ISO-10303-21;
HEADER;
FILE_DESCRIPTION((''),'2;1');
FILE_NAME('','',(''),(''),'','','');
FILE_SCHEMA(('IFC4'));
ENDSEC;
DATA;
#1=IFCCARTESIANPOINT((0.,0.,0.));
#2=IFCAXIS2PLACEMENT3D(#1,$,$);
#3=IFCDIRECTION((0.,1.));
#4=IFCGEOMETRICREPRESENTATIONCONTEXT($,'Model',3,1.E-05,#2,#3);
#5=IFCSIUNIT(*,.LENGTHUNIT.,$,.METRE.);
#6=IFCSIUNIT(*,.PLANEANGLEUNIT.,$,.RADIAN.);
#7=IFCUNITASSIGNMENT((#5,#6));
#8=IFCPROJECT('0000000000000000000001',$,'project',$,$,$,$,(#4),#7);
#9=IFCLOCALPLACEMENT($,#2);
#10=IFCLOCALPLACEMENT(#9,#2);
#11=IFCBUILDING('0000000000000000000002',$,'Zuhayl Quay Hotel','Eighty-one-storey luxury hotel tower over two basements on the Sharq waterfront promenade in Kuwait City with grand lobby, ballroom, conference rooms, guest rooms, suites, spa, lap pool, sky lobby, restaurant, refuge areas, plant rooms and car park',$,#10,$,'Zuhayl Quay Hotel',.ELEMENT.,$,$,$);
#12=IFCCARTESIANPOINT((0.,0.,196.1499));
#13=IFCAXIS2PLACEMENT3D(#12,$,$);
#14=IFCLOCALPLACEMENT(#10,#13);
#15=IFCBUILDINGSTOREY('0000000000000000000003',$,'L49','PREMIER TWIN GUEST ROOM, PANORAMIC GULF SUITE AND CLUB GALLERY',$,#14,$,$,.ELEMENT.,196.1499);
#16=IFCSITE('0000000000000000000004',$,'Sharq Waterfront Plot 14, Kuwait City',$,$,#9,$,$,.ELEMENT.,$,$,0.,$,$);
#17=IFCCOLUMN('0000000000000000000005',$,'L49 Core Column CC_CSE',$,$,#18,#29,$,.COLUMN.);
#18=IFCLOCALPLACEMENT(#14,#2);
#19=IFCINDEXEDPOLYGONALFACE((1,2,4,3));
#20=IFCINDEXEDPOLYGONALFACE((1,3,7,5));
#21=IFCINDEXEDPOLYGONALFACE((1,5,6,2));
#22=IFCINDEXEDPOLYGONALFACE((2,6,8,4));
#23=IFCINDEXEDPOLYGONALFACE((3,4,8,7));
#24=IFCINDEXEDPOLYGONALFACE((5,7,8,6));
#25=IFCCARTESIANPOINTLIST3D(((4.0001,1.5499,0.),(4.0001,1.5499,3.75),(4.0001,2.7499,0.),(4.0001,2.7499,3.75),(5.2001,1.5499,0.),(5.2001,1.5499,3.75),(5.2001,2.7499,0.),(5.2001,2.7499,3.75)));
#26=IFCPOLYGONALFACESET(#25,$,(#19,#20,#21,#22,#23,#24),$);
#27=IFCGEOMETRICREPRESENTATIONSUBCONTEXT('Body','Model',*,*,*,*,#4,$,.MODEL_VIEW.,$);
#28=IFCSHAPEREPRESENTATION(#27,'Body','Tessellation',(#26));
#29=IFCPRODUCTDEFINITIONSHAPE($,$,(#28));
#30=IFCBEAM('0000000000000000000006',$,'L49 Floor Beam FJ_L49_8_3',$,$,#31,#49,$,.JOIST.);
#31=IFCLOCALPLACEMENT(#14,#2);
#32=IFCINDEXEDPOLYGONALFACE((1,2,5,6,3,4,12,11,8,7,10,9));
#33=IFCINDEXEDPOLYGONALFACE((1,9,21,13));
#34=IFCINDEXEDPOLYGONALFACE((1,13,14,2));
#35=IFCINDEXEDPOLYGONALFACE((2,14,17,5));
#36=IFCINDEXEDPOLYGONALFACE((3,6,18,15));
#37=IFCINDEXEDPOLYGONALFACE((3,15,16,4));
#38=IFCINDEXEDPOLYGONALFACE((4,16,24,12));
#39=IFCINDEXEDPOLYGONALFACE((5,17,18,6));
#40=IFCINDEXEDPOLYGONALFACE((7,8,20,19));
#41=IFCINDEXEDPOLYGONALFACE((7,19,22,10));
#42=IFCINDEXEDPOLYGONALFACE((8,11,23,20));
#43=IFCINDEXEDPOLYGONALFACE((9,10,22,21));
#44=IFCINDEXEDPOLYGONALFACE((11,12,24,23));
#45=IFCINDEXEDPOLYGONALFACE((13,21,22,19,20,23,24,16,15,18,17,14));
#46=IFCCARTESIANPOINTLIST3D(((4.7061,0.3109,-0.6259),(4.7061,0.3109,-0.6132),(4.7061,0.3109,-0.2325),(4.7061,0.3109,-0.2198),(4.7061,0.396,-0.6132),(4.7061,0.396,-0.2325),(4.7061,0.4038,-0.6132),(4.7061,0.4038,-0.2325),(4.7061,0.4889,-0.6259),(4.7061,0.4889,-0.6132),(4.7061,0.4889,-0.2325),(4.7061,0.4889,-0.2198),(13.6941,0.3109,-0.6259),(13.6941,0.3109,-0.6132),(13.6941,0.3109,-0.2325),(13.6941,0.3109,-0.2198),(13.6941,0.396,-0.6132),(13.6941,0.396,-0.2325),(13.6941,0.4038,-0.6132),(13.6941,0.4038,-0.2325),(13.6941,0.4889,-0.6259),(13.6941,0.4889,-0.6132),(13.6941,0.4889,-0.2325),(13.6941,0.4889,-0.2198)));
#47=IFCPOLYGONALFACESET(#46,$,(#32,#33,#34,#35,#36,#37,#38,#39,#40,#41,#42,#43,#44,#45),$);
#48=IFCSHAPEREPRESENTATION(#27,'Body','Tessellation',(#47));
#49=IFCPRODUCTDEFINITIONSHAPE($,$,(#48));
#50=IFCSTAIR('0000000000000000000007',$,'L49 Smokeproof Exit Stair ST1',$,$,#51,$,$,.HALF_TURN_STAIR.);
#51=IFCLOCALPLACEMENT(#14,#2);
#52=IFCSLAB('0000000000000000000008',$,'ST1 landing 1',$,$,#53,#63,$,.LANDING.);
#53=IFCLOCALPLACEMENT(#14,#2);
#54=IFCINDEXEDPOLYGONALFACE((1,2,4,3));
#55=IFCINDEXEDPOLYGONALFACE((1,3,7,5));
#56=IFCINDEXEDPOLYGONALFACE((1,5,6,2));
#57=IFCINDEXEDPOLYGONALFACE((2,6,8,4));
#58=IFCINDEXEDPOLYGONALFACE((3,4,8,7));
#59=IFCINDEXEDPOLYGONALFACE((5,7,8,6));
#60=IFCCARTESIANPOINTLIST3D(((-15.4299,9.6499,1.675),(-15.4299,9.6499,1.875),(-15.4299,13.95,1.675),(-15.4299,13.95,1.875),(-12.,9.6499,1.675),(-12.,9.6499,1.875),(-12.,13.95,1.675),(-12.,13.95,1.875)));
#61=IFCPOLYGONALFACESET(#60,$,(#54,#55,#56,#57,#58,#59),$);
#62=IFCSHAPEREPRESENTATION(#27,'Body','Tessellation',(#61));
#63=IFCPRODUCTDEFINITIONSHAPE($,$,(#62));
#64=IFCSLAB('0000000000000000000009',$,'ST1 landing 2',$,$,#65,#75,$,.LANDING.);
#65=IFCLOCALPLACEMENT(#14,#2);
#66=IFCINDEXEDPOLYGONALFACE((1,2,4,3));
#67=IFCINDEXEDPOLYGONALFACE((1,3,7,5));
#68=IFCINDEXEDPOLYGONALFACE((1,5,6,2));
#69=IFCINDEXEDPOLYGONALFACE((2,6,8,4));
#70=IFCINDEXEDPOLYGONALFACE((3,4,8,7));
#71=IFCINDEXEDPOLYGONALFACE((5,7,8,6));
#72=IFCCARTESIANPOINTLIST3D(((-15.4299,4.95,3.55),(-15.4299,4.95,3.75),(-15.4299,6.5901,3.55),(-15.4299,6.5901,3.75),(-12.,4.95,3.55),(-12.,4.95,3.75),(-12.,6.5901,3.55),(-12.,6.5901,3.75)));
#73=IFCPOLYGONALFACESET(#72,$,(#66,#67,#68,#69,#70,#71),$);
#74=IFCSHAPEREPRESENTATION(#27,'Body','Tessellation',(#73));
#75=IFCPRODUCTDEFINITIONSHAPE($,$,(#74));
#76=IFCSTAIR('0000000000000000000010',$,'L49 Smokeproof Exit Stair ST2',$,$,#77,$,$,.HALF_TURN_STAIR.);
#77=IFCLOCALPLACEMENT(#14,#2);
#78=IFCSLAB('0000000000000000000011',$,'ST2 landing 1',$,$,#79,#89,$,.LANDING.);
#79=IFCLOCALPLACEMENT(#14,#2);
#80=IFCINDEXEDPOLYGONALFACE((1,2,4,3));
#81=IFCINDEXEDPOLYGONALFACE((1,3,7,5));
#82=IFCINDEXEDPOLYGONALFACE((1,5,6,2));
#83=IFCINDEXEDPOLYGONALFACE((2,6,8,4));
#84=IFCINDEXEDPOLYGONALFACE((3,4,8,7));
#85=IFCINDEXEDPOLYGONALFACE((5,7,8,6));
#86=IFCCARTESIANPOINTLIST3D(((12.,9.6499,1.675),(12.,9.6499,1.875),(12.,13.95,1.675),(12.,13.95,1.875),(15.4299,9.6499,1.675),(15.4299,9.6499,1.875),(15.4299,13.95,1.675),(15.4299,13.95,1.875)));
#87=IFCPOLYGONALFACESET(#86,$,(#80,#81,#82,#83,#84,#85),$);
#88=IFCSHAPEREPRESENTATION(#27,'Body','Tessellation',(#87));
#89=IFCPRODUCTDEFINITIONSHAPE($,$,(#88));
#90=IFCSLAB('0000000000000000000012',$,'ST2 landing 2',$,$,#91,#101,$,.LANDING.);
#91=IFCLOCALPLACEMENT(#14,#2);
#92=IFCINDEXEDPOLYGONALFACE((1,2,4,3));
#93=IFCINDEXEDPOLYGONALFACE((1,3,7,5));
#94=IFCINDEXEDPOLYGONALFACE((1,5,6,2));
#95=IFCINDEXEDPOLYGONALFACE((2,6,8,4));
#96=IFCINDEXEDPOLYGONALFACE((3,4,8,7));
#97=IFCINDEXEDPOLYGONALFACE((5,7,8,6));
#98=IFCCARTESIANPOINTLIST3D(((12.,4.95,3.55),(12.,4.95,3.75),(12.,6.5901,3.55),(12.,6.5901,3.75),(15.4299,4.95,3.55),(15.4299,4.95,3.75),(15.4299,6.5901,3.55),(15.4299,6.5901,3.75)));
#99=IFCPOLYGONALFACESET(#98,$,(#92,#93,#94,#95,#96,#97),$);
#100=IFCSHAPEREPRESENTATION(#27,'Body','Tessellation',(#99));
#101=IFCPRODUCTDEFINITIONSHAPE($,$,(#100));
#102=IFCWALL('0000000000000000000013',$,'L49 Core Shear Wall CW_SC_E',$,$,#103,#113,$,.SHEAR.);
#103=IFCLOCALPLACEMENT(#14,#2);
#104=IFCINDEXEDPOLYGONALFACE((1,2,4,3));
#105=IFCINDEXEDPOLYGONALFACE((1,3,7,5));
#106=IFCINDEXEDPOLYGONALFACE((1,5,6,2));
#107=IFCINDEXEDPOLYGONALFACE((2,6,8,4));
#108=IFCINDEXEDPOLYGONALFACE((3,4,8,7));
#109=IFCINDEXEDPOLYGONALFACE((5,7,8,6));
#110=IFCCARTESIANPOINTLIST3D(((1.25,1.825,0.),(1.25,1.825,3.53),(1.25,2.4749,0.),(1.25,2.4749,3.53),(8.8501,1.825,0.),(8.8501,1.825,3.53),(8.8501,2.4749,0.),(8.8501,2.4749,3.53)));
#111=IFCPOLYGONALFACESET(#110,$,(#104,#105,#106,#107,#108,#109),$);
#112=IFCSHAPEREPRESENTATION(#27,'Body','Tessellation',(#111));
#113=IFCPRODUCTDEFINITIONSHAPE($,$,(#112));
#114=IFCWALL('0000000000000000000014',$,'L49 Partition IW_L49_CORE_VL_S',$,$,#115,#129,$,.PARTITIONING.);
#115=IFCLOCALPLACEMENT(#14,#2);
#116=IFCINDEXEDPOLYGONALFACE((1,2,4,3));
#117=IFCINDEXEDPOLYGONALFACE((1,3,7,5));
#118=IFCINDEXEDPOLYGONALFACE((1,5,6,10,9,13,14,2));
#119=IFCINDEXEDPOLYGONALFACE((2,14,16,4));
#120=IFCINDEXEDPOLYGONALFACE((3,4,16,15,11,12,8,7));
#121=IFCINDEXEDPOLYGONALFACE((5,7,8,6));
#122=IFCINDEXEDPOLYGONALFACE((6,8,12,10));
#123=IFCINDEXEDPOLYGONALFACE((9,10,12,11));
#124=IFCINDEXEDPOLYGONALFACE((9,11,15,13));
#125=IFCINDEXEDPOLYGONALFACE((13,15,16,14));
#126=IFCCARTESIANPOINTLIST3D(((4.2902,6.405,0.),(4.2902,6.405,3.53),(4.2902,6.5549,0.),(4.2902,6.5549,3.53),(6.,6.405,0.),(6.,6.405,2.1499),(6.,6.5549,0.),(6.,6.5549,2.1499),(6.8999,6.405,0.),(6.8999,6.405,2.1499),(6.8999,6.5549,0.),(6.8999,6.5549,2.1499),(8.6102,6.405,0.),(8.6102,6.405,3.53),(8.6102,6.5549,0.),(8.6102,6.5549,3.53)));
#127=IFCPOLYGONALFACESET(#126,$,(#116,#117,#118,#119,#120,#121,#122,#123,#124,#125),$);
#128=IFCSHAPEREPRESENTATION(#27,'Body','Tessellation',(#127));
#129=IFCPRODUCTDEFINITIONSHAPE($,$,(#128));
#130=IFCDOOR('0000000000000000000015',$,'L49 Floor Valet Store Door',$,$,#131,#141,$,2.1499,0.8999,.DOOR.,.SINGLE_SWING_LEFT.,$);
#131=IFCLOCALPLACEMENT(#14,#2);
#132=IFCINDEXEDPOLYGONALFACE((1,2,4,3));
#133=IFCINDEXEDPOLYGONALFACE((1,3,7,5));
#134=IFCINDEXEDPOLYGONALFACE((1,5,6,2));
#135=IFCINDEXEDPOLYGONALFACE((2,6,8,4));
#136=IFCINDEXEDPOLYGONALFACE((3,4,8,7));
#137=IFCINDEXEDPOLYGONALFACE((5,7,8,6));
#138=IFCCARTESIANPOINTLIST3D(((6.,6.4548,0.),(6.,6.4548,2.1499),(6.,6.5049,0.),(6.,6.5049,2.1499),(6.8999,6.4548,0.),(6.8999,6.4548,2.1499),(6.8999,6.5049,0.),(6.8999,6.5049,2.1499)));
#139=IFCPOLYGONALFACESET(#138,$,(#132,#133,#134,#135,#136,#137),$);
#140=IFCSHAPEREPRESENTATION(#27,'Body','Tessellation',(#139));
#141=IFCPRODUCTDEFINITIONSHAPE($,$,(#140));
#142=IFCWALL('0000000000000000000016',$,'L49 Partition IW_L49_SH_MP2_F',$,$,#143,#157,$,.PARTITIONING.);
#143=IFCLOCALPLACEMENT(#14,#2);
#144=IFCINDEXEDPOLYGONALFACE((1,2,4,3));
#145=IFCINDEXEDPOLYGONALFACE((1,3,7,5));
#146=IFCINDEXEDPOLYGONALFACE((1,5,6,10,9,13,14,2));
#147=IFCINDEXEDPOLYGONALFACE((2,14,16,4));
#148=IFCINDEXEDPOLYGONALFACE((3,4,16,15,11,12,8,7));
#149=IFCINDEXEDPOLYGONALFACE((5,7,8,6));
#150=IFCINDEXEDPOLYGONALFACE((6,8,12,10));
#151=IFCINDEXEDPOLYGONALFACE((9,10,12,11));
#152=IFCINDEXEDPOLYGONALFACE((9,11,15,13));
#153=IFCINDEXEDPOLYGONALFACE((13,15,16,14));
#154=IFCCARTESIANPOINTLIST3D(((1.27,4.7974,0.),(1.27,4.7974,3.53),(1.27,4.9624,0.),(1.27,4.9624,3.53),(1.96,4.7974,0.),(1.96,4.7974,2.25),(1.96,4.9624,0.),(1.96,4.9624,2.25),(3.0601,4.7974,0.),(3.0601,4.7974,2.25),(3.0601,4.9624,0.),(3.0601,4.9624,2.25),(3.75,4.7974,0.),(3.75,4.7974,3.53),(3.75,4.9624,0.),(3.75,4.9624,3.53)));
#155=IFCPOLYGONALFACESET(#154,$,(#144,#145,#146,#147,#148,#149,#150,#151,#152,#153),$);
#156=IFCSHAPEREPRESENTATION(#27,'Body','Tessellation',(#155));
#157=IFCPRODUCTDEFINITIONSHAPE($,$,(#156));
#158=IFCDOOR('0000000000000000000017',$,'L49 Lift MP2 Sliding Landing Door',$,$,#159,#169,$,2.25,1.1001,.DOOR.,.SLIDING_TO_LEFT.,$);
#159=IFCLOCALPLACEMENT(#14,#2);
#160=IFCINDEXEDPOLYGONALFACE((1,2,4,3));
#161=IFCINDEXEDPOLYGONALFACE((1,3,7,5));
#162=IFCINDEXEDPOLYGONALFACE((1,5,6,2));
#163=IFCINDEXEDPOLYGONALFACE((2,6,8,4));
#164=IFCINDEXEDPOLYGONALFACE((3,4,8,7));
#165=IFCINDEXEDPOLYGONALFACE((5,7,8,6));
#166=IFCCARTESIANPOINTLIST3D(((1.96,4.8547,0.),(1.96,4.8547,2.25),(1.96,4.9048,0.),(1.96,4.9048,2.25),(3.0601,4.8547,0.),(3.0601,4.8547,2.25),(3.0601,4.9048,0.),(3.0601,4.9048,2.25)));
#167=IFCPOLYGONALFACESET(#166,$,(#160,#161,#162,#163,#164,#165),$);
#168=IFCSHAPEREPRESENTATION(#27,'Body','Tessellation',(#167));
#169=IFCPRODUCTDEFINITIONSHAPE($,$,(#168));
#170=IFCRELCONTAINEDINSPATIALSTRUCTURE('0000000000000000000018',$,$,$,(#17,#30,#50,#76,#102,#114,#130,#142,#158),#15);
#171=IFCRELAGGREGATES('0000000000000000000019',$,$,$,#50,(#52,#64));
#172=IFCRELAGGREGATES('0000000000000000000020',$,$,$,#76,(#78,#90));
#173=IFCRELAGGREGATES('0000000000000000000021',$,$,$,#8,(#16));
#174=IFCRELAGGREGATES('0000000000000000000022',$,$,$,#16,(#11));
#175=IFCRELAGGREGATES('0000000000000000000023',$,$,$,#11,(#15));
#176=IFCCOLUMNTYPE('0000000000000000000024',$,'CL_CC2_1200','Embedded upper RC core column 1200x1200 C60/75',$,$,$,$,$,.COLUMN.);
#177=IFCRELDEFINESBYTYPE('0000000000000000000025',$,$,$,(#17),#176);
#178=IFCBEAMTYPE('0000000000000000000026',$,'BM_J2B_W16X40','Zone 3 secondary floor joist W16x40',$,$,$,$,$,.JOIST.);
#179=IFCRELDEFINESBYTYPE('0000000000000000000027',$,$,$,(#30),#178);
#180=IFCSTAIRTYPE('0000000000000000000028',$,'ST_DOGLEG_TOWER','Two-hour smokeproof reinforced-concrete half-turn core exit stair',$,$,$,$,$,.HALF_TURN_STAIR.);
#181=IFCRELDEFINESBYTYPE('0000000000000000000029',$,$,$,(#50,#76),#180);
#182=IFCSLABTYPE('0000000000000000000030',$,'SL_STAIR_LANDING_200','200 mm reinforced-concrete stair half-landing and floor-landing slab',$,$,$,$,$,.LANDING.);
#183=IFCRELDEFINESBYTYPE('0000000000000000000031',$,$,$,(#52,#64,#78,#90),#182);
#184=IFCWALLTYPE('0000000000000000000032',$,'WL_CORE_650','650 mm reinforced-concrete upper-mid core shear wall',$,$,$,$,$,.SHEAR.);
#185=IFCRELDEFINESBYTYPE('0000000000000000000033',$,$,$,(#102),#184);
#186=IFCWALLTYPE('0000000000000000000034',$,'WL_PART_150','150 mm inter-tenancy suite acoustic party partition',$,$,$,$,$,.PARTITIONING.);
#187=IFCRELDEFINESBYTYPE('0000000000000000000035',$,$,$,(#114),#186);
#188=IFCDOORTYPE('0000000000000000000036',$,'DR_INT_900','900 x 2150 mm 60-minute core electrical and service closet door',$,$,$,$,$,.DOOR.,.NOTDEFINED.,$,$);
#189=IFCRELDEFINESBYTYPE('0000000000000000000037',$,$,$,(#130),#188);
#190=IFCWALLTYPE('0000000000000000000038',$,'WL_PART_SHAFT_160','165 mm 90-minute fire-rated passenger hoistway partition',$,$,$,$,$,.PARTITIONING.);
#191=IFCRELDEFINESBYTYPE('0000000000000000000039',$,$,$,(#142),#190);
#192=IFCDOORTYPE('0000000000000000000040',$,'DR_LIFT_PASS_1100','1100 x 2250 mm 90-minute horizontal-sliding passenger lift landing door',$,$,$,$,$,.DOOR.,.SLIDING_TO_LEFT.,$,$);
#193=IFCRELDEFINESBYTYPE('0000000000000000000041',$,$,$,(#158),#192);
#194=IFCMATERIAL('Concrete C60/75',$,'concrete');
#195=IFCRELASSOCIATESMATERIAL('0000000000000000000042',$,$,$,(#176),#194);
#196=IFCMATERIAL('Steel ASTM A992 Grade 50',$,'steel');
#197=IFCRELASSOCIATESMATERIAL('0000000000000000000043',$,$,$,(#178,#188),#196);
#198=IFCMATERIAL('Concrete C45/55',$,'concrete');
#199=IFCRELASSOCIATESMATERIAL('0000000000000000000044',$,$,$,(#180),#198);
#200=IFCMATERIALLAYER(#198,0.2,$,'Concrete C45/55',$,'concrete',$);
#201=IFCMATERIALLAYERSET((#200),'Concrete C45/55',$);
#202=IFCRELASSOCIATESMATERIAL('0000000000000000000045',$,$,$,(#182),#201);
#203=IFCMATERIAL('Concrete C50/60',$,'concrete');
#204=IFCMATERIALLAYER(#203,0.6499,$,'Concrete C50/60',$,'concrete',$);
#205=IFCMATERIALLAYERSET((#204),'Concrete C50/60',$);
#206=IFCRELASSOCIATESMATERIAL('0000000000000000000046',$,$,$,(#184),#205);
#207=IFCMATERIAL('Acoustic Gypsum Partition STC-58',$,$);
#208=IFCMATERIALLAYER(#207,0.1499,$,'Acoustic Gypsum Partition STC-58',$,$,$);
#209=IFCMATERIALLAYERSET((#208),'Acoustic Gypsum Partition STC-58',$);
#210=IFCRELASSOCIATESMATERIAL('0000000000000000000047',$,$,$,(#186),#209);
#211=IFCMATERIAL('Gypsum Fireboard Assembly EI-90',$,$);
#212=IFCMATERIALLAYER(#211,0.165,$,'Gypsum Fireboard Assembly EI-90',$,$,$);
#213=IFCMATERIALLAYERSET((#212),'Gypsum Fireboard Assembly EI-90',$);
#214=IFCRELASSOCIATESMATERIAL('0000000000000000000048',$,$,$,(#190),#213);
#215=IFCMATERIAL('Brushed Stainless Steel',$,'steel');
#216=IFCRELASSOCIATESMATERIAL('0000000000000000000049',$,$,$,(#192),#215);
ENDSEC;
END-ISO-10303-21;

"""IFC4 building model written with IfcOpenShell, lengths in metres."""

from ifc_helpers import new_model, si_unit, direction, frame, frame_2d, origin, origin_2d, place, context, subcontext, project, spatial, polyline, rectangle, i_section, outline, extrude, material, layer, layer_set, material_profile, profile_set, type_object, element, fill, aggregate, save


model = new_model("IFC4")

# Units and contexts
model_context = context("Model", 3, precision=1e-05, world=origin(), true_north=direction((0.0, 1.0)))
body_context = subcontext(model_context, "Body", "Model", "MODEL_VIEW")
ifc_project = project(units=[si_unit("LENGTHUNIT", "METRE"), si_unit("PLANEANGLEUNIT", "RADIAN")], contexts=[model_context])

# Site, building, storey
site_placement = place(None, origin())
site = spatial("IfcSite", under=ifc_project, at=site_placement, Name="Sharq Waterfront Plot 14, Kuwait City", CompositionType="ELEMENT", RefElevation=0.0)
building_placement = place(site_placement, origin())
building = spatial("IfcBuilding", under=site, at=building_placement, Name="Zuhayl Quay Hotel", Description="Eighty-one-storey luxury hotel tower over two basements on the Sharq waterfront promenade in Kuwait City with grand lobby, ballroom, conference rooms, guest rooms, suites, spa, lap pool, sky lobby, restaurant, refuge areas, plant rooms and car park", LongName="Zuhayl Quay Hotel", CompositionType="ELEMENT")
storey_placement = place(building_placement, frame((0.0, 0.0, 196.1499)))
storey = spatial("IfcBuildingStorey", under=building, at=storey_placement, Name="L49", Description="PREMIER TWIN GUEST ROOM, PANORAMIC GULF SUITE AND CLUB GALLERY", CompositionType="ELEMENT", Elevation=196.1499)

# Column
ifc_material_1 = material(Name="Concrete C60/75", Category="concrete")
ifc_material_profile_1 = material_profile(ifc_material_1, rectangle(XDim=1.2, YDim=1.2, at=origin_2d()), Name="RC1200X1200")
ifc_profile_set_1 = profile_set([ifc_material_profile_1], Name="Concrete C60/75")
column_type = type_object("IfcColumnType", Name="CL_CC2_1200", Description="Embedded upper RC core column 1200x1200 C60/75", PredefinedType="COLUMN", material=ifc_profile_set_1)
column_placement = place(storey_placement, frame((4.6001, 2.1499, 0.0), z_axis=(0.0, 0.0, 1.0), x_axis=(1.0, 0.0, 0.0)))
element("IfcColumn", 1, at=column_placement, inside=storey, type_object=column_type, Name="L49 Core Column CC_CSE", PredefinedType="COLUMN", context=body_context, shape_type="SweptSolid", body=[
    extrude(rectangle(XDim=1.2, YDim=1.2, at=origin_2d()), origin(), (0.0, 0.0, 1.0), 3.75),
])

# Beam
ifc_material_2 = material(Name="Steel ASTM A992 Grade 50", Category="steel")
ifc_material_profile_2 = material_profile(ifc_material_2, i_section(OverallWidth=0.178, OverallDepth=0.406, WebThickness=0.0078, FlangeThickness=0.0127, at=origin_2d()), Name="W16X40")
ifc_profile_set_2 = profile_set([ifc_material_profile_2], Name="Steel ASTM A992 Grade 50")
beam_type = type_object("IfcBeamType", Name="BM_J2B_W16X40", Description="Zone 3 secondary floor joist W16x40", PredefinedType="JOIST", material=ifc_profile_set_2)
beam_placement = place(storey_placement, frame((4.7061, 0.3999, -0.4229), z_axis=(1.0, 0.0, 0.0), x_axis=(0.0, 1.0, 0.0)))
element("IfcBeam", 2, at=beam_placement, inside=storey, type_object=beam_type, Name="L49 Floor Beam FJ_L49_8_3", PredefinedType="JOIST", context=body_context, shape_type="SweptSolid", body=[
    extrude(i_section(OverallWidth=0.178, OverallDepth=0.406, WebThickness=0.0078, FlangeThickness=0.0127, at=origin_2d()), origin(), (0.0, 0.0, 1.0), 8.988),
])

# Stairs, slabs
ifc_material_3 = material(Name="Concrete C45/55", Category="concrete")
stair_type = type_object("IfcStairType", Name="ST_DOGLEG_TOWER", Description="Two-hour smokeproof reinforced-concrete half-turn core exit stair", PredefinedType="HALF_TURN_STAIR", material=ifc_material_3)
stair_1_placement = place(storey_placement, origin())
stair_1 = element("IfcStair", 3, at=stair_1_placement, inside=storey, type_object=stair_type, Name="L49 Smokeproof Exit Stair ST1", PredefinedType="HALF_TURN_STAIR")
ifc_layer_1 = layer(ifc_material_3, 0.2, Name="Concrete C45/55", Category="concrete")
ifc_layer_set_1 = layer_set([ifc_layer_1], Name="Concrete C45/55")
slab_type = type_object("IfcSlabType", Name="SL_STAIR_LANDING_200", Description="200 mm reinforced-concrete stair half-landing and floor-landing slab", PredefinedType="LANDING", material=ifc_layer_set_1)
slab_1_placement = place(storey_placement, frame((0.0, 0.0, 1.675)))
slab_1 = element("IfcSlab", 4, at=slab_1_placement, type_object=slab_type, Name="ST1 landing 1", PredefinedType="LANDING", context=body_context, shape_type="SweptSolid", body=[
    extrude(outline(polyline([(-12.0, 9.6499), (-12.0, 13.95), (-15.4299, 13.95), (-15.4299, 9.6499), (-12.0, 9.6499)])), origin(), (0.0, 0.0, 1.0), 0.2),
])
slab_2_placement = place(storey_placement, frame((0.0, 0.0, 3.55)))
slab_2 = element("IfcSlab", 5, at=slab_2_placement, type_object=slab_type, Name="ST1 landing 2", PredefinedType="LANDING", context=body_context, shape_type="SweptSolid", body=[
    extrude(outline(polyline([(-12.0, 4.95), (-12.0, 6.5901), (-15.4299, 6.5901), (-15.4299, 4.95), (-12.0, 4.95)])), origin(), (0.0, 0.0, 1.0), 0.2),
])
aggregate(stair_1, [slab_1, slab_2])
stair_2_placement = place(storey_placement, origin())
stair_2 = element("IfcStair", 6, at=stair_2_placement, inside=storey, type_object=stair_type, Name="L49 Smokeproof Exit Stair ST2", PredefinedType="HALF_TURN_STAIR")
slab_3_placement = place(storey_placement, frame((0.0, 0.0, 1.675)))
slab_3 = element("IfcSlab", 7, at=slab_3_placement, type_object=slab_type, Name="ST2 landing 1", PredefinedType="LANDING", context=body_context, shape_type="SweptSolid", body=[
    extrude(outline(polyline([(15.4299, 9.6499), (15.4299, 13.95), (12.0, 13.95), (12.0, 9.6499), (15.4299, 9.6499)])), origin(), (0.0, 0.0, 1.0), 0.2),
])
slab_4_placement = place(storey_placement, frame((0.0, 0.0, 3.55)))
slab_4 = element("IfcSlab", 8, at=slab_4_placement, type_object=slab_type, Name="ST2 landing 2", PredefinedType="LANDING", context=body_context, shape_type="SweptSolid", body=[
    extrude(outline(polyline([(15.4299, 4.95), (15.4299, 6.5901), (12.0, 6.5901), (12.0, 4.95), (15.4299, 4.95)])), origin(), (0.0, 0.0, 1.0), 0.2),
])
aggregate(stair_2, [slab_3, slab_4])

# Wall
ifc_material_4 = material(Name="Concrete C50/60", Category="concrete")
ifc_layer_2 = layer(ifc_material_4, 0.6499, Name="Concrete C50/60", Category="concrete")
ifc_layer_set_2 = layer_set([ifc_layer_2], Name="Concrete C50/60")
wall_type_1 = type_object("IfcWallType", Name="WL_CORE_650", Description="650 mm reinforced-concrete upper-mid core shear wall", PredefinedType="SHEAR", material=ifc_layer_set_2)
wall_1_placement = place(storey_placement, frame((1.25, 2.1499, 0.0), z_axis=(0.0, 0.0, 1.0), x_axis=(1.0, 0.0, 0.0)))
element("IfcWall", 9, at=wall_1_placement, inside=storey, type_object=wall_type_1, Name="L49 Core Shear Wall CW_SC_E", PredefinedType="SHEAR", context=body_context, shape_type="SweptSolid", body=[
    extrude(rectangle(XDim=7.6001, YDim=0.6499, at=frame_2d((3.8, 0.0))), origin(), (0.0, 0.0, 1.0), 3.53),
])

# Walls, openings, doors
ifc_material_5 = material(Name="Acoustic Gypsum Partition STC-58")
ifc_layer_3 = layer(ifc_material_5, 0.1499, Name="Acoustic Gypsum Partition STC-58")
ifc_layer_set_3 = layer_set([ifc_layer_3], Name="Acoustic Gypsum Partition STC-58")
wall_type_2 = type_object("IfcWallType", Name="WL_PART_150", Description="150 mm inter-tenancy suite acoustic party partition", PredefinedType="PARTITIONING", material=ifc_layer_set_3)
wall_2_placement = place(storey_placement, frame((4.29, 6.48, 0.0), z_axis=(0.0, 0.0, 1.0), x_axis=(1.0, 0.0, 0.0)))
wall_2 = element("IfcWall", 10, at=wall_2_placement, inside=storey, type_object=wall_type_2, Name="L49 Partition IW_L49_CORE_VL_S", PredefinedType="PARTITIONING", context=body_context, shape_type="SweptSolid", body=[
    extrude(rectangle(XDim=4.3201, YDim=0.1499, at=frame_2d((2.1602, 0.0))), origin(), (0.0, 0.0, 1.0), 3.53),
])
opening_1_placement = place(wall_2_placement, frame((1.71, 0.0, 0.0)))
opening_1 = element("IfcOpeningElement", 11, at=opening_1_placement, cuts=wall_2, PredefinedType="OPENING", context=body_context, shape_type="SweptSolid", body=[
    extrude(rectangle(XDim=0.8999, YDim=2.1499, at=frame_2d((0.45, 1.075))), frame((0.0, 0.085, 0.0), z_axis=(0.0, -1.0, 0.0), x_axis=(1.0, 0.0, 0.0)), (0.0, 0.0, 1.0), 0.1699),
])
door_type_1 = type_object("IfcDoorType", Name="DR_INT_900", Description="900 x 2150 mm 60-minute core electrical and service closet door", OperationType="NOTDEFINED", PredefinedType="DOOR", material=ifc_material_2)
door_1_placement = place(opening_1_placement, origin())
door_1 = element("IfcDoor", 12, at=door_1_placement, inside=storey, type_object=door_type_1, Name="L49 Floor Valet Store Door", OperationType="SINGLE_SWING_LEFT", OverallHeight=2.1499, OverallWidth=0.8999, PredefinedType="DOOR", context=body_context, shape_type="SweptSolid", body=[
    extrude(rectangle(XDim=0.8999, YDim=2.1499, at=frame_2d((0.45, 1.075))), frame((0.0, 0.0249, 0.0), z_axis=(0.0, -1.0, 0.0), x_axis=(1.0, 0.0, 0.0)), (0.0, 0.0, 1.0), 0.05),
])
fill(opening_1, door_1)
ifc_material_6 = material(Name="Gypsum Fireboard Assembly EI-90")
ifc_layer_4 = layer(ifc_material_6, 0.165, Name="Gypsum Fireboard Assembly EI-90")
ifc_layer_set_4 = layer_set([ifc_layer_4], Name="Gypsum Fireboard Assembly EI-90")
wall_type_3 = type_object("IfcWallType", Name="WL_PART_SHAFT_160", Description="165 mm 90-minute fire-rated passenger hoistway partition", PredefinedType="PARTITIONING", material=ifc_layer_set_4)
wall_3_placement = place(storey_placement, frame((1.27, 4.8799, 0.0), z_axis=(0.0, 0.0, 1.0), x_axis=(1.0, 0.0, 0.0)))
wall_3 = element("IfcWall", 13, at=wall_3_placement, inside=storey, type_object=wall_type_3, Name="L49 Partition IW_L49_SH_MP2_F", PredefinedType="PARTITIONING", context=body_context, shape_type="SweptSolid", body=[
    extrude(rectangle(XDim=2.48, YDim=0.165, at=frame_2d((1.24, 0.0))), origin(), (0.0, 0.0, 1.0), 3.53),
])
opening_2_placement = place(wall_3_placement, frame((0.6899, 0.0, 0.0)))
opening_2 = element("IfcOpeningElement", 14, at=opening_2_placement, cuts=wall_3, PredefinedType="OPENING", context=body_context, shape_type="SweptSolid", body=[
    extrude(rectangle(XDim=1.1001, YDim=2.25, at=frame_2d((0.55, 1.125))), frame((0.0, 0.0925, 0.0), z_axis=(0.0, -1.0, 0.0), x_axis=(1.0, 0.0, 0.0)), (0.0, 0.0, 1.0), 0.1851),
])
ifc_material_7 = material(Name="Brushed Stainless Steel", Category="steel")
door_type_2 = type_object("IfcDoorType", Name="DR_LIFT_PASS_1100", Description="1100 x 2250 mm 90-minute horizontal-sliding passenger lift landing door", OperationType="SLIDING_TO_LEFT", PredefinedType="DOOR", material=ifc_material_7)
door_2_placement = place(opening_2_placement, origin())
door_2 = element("IfcDoor", 15, at=door_2_placement, inside=storey, type_object=door_type_2, Name="L49 Lift MP2 Sliding Landing Door", OperationType="SLIDING_TO_LEFT", OverallHeight=2.25, OverallWidth=1.1001, PredefinedType="DOOR", context=body_context, shape_type="SweptSolid", body=[
    extrude(rectangle(XDim=1.1001, YDim=2.25, at=frame_2d((0.55, 1.125))), frame((0.0, 0.0249, 0.0), z_axis=(0.0, -1.0, 0.0), x_axis=(1.0, 0.0, 0.0)), (0.0, 0.0, 1.0), 0.05),
])
fill(opening_2, door_2)

save(model, "model.ifc")
